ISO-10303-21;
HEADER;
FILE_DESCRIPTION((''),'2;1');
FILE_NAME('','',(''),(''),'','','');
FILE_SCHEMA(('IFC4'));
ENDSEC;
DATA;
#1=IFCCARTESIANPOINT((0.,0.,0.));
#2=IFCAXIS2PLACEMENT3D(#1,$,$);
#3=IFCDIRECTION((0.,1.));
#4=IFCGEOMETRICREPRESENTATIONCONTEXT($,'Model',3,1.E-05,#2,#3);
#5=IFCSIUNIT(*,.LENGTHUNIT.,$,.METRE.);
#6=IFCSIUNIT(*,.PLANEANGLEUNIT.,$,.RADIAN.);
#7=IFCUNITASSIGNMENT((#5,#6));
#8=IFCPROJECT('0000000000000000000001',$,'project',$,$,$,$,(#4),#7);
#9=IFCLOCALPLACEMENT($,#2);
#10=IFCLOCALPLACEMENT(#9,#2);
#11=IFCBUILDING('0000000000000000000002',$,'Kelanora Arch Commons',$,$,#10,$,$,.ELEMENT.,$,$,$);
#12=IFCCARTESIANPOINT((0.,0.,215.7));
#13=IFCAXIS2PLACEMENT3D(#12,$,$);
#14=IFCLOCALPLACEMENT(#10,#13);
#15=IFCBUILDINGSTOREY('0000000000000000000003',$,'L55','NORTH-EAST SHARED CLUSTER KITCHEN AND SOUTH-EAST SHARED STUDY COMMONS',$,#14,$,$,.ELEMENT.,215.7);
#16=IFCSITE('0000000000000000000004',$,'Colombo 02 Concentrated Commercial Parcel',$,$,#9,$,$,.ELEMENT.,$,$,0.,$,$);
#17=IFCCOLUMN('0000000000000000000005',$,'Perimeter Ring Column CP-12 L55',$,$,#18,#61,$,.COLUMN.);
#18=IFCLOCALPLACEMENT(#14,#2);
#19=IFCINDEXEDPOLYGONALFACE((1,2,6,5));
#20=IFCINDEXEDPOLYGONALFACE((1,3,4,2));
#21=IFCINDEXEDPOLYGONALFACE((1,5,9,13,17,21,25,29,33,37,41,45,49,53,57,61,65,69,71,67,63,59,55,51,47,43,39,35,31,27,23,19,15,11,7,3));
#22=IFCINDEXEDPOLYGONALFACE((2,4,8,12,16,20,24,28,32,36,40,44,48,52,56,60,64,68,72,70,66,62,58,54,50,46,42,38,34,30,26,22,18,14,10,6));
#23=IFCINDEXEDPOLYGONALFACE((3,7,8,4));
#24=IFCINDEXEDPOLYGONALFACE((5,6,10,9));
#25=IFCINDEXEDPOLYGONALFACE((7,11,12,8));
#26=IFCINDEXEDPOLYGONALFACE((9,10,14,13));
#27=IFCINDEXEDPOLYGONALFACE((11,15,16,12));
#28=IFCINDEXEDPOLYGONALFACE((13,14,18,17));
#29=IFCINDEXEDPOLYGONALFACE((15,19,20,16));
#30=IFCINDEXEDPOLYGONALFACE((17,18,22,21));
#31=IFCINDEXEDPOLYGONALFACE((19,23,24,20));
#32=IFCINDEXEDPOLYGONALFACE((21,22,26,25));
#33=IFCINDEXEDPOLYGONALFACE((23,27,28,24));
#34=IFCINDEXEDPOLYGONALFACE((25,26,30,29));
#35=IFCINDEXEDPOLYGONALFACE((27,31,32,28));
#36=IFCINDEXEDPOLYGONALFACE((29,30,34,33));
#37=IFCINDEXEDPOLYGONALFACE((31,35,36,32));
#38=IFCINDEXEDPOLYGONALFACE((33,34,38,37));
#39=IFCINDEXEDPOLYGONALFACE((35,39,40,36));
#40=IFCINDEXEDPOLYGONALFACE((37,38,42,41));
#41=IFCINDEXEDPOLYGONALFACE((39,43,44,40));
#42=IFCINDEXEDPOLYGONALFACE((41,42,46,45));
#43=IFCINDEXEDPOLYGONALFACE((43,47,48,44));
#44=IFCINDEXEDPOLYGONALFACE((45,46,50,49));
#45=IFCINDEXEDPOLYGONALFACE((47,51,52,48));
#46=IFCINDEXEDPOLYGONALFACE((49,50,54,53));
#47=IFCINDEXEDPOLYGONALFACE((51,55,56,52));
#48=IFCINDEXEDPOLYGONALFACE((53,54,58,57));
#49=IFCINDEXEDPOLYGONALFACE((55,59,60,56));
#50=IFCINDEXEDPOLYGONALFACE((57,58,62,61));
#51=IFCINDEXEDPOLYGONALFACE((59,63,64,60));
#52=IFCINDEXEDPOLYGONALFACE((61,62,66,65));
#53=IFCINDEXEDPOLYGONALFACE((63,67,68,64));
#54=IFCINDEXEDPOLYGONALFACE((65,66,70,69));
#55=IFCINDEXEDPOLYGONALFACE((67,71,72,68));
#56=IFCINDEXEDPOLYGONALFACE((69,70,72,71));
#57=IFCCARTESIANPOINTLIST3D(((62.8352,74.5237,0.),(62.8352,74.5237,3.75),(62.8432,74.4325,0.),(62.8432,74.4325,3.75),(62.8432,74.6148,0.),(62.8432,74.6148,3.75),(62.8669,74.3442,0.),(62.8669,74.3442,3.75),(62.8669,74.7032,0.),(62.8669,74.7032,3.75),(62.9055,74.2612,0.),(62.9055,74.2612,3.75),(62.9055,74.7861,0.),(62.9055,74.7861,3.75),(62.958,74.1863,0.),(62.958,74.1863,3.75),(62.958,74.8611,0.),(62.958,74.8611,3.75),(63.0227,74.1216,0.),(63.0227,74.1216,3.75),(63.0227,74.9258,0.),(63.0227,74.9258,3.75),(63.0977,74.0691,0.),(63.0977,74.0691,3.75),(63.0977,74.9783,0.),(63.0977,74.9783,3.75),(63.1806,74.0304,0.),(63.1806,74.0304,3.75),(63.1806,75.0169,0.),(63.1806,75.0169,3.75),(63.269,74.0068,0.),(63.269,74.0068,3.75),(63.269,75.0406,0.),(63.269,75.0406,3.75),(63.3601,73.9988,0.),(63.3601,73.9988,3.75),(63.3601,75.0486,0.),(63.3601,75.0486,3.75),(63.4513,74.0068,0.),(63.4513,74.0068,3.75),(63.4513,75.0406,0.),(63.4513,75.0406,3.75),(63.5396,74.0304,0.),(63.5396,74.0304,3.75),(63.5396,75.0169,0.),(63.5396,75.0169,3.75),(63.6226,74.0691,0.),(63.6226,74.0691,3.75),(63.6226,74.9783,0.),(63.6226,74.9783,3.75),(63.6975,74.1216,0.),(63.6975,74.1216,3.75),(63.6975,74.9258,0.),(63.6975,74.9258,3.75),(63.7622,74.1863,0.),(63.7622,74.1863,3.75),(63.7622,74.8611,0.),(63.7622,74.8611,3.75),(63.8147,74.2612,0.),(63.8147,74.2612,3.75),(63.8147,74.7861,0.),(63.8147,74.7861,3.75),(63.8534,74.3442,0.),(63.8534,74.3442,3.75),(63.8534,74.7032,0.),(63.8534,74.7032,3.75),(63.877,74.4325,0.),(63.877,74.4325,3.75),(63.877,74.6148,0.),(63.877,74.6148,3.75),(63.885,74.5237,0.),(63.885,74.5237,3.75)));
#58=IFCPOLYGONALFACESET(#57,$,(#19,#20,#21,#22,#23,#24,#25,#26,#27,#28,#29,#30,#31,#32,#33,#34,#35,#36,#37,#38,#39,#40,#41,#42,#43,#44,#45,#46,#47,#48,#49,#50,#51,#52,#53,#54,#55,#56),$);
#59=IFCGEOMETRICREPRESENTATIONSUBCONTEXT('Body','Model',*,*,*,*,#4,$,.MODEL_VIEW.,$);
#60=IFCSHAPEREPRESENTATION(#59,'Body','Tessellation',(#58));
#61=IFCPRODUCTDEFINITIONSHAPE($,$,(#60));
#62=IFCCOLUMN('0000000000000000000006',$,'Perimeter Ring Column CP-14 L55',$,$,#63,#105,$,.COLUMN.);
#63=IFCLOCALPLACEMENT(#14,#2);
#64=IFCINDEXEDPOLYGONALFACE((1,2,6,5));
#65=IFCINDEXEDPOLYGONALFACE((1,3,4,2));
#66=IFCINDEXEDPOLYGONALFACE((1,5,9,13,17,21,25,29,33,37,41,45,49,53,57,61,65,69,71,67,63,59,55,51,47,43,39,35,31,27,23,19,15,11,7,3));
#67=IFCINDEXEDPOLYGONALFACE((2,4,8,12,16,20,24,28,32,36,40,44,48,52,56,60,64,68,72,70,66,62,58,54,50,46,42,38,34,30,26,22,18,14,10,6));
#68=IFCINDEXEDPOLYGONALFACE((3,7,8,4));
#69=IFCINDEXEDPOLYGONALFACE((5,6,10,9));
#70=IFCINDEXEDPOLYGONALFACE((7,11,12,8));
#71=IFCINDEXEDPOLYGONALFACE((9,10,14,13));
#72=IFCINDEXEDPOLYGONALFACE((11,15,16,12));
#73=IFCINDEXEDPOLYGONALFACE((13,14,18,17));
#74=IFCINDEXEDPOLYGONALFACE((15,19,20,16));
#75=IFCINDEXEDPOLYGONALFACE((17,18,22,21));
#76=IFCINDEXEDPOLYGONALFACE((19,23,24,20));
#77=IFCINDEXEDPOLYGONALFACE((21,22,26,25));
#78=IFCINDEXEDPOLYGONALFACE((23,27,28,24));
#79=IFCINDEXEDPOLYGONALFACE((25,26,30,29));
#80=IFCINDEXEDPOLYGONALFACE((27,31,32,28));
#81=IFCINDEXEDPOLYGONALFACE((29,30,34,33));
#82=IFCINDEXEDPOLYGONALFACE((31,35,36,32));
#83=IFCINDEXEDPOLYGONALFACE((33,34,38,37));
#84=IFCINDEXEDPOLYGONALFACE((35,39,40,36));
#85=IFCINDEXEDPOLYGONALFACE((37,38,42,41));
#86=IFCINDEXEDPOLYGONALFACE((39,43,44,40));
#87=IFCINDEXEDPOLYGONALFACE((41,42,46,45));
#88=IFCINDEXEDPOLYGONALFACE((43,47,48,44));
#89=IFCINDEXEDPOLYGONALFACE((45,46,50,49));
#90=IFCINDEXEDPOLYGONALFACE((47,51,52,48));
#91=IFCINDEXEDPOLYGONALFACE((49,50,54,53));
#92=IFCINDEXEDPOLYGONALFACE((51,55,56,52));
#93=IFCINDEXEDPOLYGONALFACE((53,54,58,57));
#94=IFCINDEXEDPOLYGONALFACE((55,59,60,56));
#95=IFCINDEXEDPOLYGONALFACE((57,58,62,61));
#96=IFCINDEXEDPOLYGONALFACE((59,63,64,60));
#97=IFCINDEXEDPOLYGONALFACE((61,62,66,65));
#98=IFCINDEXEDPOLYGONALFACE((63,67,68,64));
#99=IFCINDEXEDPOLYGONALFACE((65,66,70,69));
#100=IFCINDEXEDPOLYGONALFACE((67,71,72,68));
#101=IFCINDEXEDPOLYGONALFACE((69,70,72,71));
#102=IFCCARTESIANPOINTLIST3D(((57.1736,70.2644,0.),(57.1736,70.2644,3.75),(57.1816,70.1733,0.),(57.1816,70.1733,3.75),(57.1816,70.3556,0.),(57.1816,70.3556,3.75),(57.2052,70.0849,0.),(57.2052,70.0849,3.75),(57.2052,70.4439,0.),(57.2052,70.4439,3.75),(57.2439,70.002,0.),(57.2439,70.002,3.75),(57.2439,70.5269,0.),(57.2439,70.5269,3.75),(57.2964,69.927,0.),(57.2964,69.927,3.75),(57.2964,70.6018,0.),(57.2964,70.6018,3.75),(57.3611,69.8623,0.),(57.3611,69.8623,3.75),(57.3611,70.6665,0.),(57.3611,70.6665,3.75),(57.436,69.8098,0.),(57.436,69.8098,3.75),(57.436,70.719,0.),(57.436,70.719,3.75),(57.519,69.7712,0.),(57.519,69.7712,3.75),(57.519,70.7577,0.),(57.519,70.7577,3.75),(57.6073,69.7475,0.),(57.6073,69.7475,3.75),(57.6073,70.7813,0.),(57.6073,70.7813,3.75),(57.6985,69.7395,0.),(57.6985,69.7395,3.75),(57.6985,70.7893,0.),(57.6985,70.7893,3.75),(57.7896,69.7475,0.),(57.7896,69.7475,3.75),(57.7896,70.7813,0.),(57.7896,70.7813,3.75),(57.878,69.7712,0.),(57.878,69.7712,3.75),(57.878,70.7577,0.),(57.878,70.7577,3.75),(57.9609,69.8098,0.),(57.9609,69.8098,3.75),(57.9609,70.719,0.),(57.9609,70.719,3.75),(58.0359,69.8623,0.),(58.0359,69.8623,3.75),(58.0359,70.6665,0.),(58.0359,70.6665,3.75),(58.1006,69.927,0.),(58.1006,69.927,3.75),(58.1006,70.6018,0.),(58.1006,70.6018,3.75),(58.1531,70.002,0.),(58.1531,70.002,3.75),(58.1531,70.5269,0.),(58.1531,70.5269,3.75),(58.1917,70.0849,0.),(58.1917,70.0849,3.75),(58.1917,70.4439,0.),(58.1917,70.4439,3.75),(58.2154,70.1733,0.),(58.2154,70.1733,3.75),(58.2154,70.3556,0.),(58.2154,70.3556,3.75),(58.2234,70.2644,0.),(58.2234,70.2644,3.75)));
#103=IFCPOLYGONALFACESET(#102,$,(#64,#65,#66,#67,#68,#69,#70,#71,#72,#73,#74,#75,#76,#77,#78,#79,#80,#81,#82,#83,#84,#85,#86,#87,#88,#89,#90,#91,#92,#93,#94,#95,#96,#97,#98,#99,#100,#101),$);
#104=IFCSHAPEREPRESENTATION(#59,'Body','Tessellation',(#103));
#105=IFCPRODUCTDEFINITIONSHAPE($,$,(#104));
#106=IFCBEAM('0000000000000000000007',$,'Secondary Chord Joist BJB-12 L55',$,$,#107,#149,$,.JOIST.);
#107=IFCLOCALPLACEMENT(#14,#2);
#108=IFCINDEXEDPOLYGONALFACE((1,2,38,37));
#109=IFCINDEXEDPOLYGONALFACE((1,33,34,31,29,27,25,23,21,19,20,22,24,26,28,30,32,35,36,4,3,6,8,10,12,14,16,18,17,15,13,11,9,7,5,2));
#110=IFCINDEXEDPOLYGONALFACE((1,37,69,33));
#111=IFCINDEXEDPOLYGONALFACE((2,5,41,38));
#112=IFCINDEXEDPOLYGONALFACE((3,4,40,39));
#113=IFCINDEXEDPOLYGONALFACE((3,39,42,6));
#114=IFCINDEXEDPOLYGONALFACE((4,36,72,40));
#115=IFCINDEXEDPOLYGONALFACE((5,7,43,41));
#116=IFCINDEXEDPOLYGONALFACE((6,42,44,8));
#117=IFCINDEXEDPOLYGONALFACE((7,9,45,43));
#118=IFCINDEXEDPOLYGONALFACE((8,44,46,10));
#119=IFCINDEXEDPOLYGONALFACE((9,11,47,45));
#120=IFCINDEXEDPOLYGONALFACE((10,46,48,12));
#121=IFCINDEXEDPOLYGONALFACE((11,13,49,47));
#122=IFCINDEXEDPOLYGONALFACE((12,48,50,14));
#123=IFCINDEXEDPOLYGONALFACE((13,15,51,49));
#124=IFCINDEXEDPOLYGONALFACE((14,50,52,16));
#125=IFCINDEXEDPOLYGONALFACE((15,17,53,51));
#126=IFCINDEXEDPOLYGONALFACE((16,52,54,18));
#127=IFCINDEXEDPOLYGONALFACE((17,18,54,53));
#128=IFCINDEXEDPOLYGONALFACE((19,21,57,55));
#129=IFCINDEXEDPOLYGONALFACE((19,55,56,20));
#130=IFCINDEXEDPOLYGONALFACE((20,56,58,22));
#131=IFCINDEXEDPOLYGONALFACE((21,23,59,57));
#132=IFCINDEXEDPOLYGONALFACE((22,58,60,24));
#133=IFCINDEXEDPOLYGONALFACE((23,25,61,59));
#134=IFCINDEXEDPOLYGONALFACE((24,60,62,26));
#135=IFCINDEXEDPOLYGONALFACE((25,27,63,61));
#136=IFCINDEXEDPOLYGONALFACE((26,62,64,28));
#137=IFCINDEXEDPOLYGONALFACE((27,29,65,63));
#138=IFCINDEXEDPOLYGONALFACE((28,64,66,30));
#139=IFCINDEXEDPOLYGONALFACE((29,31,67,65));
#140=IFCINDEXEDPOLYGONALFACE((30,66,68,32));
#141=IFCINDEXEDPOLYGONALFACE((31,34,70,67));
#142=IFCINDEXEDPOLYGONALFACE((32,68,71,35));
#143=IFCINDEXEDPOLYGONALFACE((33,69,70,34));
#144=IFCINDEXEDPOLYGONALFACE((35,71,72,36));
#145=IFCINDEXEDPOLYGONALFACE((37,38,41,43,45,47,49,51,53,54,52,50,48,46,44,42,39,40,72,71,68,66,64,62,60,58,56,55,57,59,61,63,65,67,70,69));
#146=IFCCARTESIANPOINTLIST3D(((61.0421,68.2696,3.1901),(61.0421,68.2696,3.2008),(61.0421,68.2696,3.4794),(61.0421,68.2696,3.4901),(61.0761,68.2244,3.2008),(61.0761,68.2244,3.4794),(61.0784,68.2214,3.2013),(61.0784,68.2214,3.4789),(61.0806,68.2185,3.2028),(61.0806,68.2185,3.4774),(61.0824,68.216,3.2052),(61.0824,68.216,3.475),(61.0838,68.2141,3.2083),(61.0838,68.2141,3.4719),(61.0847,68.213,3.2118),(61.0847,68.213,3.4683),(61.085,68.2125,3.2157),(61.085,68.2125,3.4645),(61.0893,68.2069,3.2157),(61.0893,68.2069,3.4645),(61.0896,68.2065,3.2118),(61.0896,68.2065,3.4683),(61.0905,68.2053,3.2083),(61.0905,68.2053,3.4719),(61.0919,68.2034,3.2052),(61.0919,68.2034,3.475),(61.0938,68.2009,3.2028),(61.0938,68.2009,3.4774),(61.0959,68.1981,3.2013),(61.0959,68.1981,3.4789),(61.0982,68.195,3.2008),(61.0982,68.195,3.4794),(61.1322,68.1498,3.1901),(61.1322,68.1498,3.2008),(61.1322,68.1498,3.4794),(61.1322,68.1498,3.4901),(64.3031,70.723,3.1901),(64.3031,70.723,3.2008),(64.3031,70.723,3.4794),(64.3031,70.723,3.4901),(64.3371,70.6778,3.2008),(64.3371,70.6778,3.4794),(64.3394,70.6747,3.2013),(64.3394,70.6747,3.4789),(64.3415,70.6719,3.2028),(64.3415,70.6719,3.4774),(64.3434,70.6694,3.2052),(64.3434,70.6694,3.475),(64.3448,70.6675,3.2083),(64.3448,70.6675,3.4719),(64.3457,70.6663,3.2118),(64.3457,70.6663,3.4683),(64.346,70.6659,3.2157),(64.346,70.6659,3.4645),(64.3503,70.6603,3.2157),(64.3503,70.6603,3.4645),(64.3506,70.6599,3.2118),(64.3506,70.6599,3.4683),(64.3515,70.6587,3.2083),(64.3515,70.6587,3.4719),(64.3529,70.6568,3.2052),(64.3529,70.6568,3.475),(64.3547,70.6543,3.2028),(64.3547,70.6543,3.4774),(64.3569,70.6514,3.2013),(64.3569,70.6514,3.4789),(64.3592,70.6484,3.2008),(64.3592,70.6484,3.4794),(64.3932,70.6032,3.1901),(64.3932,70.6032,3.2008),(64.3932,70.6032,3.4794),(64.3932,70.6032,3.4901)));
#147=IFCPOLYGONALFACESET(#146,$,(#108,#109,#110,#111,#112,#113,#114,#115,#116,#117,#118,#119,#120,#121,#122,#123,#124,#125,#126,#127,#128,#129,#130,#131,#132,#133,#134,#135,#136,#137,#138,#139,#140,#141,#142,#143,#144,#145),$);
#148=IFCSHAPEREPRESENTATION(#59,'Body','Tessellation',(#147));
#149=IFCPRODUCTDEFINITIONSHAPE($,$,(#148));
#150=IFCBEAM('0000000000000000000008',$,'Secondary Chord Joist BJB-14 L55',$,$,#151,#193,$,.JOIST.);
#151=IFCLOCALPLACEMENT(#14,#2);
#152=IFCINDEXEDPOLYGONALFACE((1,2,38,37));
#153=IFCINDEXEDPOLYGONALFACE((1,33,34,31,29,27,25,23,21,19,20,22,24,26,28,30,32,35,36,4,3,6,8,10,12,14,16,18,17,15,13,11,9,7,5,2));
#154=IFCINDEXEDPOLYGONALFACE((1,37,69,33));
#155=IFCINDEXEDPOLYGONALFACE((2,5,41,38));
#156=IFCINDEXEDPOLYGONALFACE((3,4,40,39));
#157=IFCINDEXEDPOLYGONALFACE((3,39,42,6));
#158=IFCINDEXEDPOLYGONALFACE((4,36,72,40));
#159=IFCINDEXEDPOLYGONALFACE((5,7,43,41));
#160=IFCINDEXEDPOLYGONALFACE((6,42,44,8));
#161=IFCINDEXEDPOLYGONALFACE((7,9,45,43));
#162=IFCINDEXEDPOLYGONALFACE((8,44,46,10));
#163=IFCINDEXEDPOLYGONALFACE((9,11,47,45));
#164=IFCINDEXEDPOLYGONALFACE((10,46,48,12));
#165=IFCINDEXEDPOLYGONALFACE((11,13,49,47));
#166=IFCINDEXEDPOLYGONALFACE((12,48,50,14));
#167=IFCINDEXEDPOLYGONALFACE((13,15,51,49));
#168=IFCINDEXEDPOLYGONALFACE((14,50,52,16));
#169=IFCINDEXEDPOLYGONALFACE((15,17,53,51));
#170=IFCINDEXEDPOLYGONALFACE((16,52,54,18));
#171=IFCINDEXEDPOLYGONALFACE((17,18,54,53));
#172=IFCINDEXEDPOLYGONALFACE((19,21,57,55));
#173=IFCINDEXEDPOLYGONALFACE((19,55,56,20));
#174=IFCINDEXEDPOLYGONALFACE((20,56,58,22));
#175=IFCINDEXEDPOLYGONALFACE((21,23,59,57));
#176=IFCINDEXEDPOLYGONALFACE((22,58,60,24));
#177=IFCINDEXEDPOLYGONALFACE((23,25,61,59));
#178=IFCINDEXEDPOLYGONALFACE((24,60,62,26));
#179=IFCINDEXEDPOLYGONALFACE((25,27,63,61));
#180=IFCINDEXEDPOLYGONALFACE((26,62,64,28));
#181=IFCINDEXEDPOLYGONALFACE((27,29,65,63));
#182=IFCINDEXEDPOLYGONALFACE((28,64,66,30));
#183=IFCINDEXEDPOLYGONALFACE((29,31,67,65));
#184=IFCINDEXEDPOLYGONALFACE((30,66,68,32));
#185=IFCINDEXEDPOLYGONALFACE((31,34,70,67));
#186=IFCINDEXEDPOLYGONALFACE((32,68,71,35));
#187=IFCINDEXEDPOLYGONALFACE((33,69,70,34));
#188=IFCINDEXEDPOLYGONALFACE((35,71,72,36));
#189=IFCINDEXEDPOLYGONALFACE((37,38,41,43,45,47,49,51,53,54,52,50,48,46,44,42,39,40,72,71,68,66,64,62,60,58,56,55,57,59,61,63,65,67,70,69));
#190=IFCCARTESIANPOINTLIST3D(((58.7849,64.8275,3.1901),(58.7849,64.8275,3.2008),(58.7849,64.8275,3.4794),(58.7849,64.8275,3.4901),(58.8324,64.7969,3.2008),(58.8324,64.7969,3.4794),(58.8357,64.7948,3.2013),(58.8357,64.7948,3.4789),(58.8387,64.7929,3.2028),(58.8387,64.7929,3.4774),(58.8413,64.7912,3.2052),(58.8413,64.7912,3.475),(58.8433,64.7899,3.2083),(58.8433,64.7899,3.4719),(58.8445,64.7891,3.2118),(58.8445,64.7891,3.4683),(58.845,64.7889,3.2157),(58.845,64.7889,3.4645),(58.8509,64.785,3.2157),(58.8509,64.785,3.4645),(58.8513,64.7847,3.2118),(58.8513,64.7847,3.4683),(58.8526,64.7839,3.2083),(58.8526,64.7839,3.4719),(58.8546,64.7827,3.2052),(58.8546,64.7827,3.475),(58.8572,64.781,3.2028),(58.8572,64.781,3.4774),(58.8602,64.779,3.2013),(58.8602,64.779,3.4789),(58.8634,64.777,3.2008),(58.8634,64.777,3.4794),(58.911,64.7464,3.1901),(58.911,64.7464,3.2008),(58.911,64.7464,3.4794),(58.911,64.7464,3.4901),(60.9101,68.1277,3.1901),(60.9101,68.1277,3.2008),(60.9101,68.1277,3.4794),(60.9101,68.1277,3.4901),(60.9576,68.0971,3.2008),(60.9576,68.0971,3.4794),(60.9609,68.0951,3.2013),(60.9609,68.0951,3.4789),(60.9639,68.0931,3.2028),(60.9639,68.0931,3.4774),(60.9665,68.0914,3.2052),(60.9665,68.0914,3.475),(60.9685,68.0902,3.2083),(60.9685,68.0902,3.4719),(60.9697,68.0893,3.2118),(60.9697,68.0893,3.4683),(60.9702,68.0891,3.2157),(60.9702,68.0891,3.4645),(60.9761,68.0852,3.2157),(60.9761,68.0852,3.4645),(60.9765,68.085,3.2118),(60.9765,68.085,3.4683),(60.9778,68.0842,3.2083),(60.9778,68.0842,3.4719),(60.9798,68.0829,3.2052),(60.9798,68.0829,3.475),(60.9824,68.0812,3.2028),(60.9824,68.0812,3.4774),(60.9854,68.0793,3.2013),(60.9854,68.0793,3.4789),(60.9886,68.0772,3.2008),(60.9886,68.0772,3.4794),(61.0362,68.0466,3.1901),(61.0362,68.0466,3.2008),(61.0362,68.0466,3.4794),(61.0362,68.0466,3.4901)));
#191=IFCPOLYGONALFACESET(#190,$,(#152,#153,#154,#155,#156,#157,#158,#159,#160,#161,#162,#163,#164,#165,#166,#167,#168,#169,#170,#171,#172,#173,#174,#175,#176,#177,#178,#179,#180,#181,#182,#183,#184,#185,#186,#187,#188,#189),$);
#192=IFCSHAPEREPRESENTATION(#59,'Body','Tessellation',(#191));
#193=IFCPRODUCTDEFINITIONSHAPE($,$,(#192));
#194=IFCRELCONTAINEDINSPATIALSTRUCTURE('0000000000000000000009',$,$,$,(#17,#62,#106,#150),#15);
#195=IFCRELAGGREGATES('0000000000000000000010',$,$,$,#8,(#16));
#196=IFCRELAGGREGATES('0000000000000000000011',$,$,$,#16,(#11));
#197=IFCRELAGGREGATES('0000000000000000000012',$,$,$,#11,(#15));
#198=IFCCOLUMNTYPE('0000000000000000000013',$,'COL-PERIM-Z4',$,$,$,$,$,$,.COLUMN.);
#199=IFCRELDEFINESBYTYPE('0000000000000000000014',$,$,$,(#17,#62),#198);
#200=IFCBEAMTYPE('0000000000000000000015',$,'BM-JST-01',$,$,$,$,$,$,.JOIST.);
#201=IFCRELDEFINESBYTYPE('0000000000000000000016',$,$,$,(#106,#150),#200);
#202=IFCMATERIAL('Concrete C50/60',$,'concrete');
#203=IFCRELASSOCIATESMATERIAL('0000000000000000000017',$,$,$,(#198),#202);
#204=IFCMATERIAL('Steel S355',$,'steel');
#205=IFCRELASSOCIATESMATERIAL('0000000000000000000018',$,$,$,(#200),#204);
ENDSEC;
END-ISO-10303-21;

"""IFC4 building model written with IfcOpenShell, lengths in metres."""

from ifc_helpers import new_model, si_unit, direction, frame, origin, origin_2d, place, context, subcontext, project, spatial, circle, i_section, extrude, material, material_profile, profile_set, type_object, element, save


model = new_model("IFC4")

# Units and contexts
model_context = context("Model", 3, precision=1e-05, world=origin(), true_north=direction((0.0, 1.0)))
body_context = subcontext(model_context, "Body", "Model", "MODEL_VIEW")
ifc_project = project(units=[si_unit("LENGTHUNIT", "METRE"), si_unit("PLANEANGLEUNIT", "RADIAN")], contexts=[model_context])

# Site, building, storey
site_placement = place(None, origin())
site = spatial("IfcSite", under=ifc_project, at=site_placement, Name="Colombo 02 Concentrated Commercial Parcel", CompositionType="ELEMENT", RefElevation=0.0)
building_placement = place(site_placement, origin())
building = spatial("IfcBuilding", under=site, at=building_placement, Name="Kelanora Arch Commons", CompositionType="ELEMENT")
storey_placement = place(building_placement, frame((0.0, 0.0, 215.7)))
storey = spatial("IfcBuildingStorey", under=building, at=storey_placement, Name="L55", Description="NORTH-EAST SHARED CLUSTER KITCHEN AND SOUTH-EAST SHARED STUDY COMMONS", CompositionType="ELEMENT", Elevation=215.7)

# Columns
ifc_material_1 = material(Name="Concrete C50/60", Category="concrete")
ifc_material_profile_1 = material_profile(ifc_material_1, circle(Radius=0.5249, at=origin_2d()), Name="RCC1050")
ifc_profile_set_1 = profile_set([ifc_material_profile_1], Name="Concrete C50/60")
column_type = type_object("IfcColumnType", Name="COL-PERIM-Z4", PredefinedType="COLUMN", material=ifc_profile_set_1)
for number, where, z_axis, x_axis, name in (
    (1, (63.3601, 74.5237, 0.0), (0.0, 0.0, 1.0), (1.0, 0.0, 0.0), "Perimeter Ring Column CP-12 L55"),
    (2, (57.6985, 70.2644, 0.0), (0.0, 0.0, 1.0), (1.0, 0.0, 0.0), "Perimeter Ring Column CP-14 L55"),
):
    element("IfcColumn", number, at=place(storey_placement, frame(where, z_axis=z_axis, x_axis=x_axis)), inside=storey, type_object=column_type, Name=name, PredefinedType="COLUMN", context=body_context, shape_type="SweptSolid", body=[
        extrude(circle(Radius=0.5249, at=origin_2d()), origin(), (0.0, 0.0, 1.0), 3.75),
    ])

# Beams
ifc_material_2 = material(Name="Steel S355", Category="steel")
ifc_material_profile_2 = material_profile(ifc_material_2, i_section(OverallWidth=0.1499, OverallDepth=0.3, WebThickness=0.0071, FlangeThickness=0.0107, FilletRadius=0.0149, at=origin_2d()), Name="IPE300")
ifc_profile_set_2 = profile_set([ifc_material_profile_2], Name="Steel S355")
beam_type_1 = type_object("IfcBeamType", Name="BM-JST-01", PredefinedType="JOIST", material=ifc_profile_set_2)
beam_1_placement = place(storey_placement, frame((64.3481, 70.6631, 3.3401), z_axis=(-0.799102, -0.601196, 0.0), x_axis=(0.601196, -0.799102, 0.0)))
element("IfcBeam", 3, at=beam_1_placement, inside=storey, type_object=beam_type_1, Name="Secondary Chord Joist BJB-12 L55", PredefinedType="JOIST", context=body_context, shape_type="SweptSolid", body=[
    extrude(i_section(OverallWidth=0.1499, OverallDepth=0.3, WebThickness=0.0071, FlangeThickness=0.0107, FilletRadius=0.0149, at=origin_2d()), origin(), (0.0, 0.0, 1.0), 4.0808),
])
beam_2_placement = place(storey_placement, frame((60.9731, 68.0872, 3.3401), z_axis=(-0.541411, -0.840758, 0.0), x_axis=(0.840758, -0.541411, 0.0)))
element("IfcBeam", 4, at=beam_2_placement, inside=storey, type_object=beam_type_1, Name="Secondary Chord Joist BJB-14 L55", PredefinedType="JOIST", context=body_context, shape_type="SweptSolid", body=[
    extrude(i_section(OverallWidth=0.1499, OverallDepth=0.3, WebThickness=0.0071, FlangeThickness=0.0107, FilletRadius=0.0149, at=origin_2d()), origin(), (0.0, 0.0, 1.0), 3.9253),
])

save(model, "model.ifc")
